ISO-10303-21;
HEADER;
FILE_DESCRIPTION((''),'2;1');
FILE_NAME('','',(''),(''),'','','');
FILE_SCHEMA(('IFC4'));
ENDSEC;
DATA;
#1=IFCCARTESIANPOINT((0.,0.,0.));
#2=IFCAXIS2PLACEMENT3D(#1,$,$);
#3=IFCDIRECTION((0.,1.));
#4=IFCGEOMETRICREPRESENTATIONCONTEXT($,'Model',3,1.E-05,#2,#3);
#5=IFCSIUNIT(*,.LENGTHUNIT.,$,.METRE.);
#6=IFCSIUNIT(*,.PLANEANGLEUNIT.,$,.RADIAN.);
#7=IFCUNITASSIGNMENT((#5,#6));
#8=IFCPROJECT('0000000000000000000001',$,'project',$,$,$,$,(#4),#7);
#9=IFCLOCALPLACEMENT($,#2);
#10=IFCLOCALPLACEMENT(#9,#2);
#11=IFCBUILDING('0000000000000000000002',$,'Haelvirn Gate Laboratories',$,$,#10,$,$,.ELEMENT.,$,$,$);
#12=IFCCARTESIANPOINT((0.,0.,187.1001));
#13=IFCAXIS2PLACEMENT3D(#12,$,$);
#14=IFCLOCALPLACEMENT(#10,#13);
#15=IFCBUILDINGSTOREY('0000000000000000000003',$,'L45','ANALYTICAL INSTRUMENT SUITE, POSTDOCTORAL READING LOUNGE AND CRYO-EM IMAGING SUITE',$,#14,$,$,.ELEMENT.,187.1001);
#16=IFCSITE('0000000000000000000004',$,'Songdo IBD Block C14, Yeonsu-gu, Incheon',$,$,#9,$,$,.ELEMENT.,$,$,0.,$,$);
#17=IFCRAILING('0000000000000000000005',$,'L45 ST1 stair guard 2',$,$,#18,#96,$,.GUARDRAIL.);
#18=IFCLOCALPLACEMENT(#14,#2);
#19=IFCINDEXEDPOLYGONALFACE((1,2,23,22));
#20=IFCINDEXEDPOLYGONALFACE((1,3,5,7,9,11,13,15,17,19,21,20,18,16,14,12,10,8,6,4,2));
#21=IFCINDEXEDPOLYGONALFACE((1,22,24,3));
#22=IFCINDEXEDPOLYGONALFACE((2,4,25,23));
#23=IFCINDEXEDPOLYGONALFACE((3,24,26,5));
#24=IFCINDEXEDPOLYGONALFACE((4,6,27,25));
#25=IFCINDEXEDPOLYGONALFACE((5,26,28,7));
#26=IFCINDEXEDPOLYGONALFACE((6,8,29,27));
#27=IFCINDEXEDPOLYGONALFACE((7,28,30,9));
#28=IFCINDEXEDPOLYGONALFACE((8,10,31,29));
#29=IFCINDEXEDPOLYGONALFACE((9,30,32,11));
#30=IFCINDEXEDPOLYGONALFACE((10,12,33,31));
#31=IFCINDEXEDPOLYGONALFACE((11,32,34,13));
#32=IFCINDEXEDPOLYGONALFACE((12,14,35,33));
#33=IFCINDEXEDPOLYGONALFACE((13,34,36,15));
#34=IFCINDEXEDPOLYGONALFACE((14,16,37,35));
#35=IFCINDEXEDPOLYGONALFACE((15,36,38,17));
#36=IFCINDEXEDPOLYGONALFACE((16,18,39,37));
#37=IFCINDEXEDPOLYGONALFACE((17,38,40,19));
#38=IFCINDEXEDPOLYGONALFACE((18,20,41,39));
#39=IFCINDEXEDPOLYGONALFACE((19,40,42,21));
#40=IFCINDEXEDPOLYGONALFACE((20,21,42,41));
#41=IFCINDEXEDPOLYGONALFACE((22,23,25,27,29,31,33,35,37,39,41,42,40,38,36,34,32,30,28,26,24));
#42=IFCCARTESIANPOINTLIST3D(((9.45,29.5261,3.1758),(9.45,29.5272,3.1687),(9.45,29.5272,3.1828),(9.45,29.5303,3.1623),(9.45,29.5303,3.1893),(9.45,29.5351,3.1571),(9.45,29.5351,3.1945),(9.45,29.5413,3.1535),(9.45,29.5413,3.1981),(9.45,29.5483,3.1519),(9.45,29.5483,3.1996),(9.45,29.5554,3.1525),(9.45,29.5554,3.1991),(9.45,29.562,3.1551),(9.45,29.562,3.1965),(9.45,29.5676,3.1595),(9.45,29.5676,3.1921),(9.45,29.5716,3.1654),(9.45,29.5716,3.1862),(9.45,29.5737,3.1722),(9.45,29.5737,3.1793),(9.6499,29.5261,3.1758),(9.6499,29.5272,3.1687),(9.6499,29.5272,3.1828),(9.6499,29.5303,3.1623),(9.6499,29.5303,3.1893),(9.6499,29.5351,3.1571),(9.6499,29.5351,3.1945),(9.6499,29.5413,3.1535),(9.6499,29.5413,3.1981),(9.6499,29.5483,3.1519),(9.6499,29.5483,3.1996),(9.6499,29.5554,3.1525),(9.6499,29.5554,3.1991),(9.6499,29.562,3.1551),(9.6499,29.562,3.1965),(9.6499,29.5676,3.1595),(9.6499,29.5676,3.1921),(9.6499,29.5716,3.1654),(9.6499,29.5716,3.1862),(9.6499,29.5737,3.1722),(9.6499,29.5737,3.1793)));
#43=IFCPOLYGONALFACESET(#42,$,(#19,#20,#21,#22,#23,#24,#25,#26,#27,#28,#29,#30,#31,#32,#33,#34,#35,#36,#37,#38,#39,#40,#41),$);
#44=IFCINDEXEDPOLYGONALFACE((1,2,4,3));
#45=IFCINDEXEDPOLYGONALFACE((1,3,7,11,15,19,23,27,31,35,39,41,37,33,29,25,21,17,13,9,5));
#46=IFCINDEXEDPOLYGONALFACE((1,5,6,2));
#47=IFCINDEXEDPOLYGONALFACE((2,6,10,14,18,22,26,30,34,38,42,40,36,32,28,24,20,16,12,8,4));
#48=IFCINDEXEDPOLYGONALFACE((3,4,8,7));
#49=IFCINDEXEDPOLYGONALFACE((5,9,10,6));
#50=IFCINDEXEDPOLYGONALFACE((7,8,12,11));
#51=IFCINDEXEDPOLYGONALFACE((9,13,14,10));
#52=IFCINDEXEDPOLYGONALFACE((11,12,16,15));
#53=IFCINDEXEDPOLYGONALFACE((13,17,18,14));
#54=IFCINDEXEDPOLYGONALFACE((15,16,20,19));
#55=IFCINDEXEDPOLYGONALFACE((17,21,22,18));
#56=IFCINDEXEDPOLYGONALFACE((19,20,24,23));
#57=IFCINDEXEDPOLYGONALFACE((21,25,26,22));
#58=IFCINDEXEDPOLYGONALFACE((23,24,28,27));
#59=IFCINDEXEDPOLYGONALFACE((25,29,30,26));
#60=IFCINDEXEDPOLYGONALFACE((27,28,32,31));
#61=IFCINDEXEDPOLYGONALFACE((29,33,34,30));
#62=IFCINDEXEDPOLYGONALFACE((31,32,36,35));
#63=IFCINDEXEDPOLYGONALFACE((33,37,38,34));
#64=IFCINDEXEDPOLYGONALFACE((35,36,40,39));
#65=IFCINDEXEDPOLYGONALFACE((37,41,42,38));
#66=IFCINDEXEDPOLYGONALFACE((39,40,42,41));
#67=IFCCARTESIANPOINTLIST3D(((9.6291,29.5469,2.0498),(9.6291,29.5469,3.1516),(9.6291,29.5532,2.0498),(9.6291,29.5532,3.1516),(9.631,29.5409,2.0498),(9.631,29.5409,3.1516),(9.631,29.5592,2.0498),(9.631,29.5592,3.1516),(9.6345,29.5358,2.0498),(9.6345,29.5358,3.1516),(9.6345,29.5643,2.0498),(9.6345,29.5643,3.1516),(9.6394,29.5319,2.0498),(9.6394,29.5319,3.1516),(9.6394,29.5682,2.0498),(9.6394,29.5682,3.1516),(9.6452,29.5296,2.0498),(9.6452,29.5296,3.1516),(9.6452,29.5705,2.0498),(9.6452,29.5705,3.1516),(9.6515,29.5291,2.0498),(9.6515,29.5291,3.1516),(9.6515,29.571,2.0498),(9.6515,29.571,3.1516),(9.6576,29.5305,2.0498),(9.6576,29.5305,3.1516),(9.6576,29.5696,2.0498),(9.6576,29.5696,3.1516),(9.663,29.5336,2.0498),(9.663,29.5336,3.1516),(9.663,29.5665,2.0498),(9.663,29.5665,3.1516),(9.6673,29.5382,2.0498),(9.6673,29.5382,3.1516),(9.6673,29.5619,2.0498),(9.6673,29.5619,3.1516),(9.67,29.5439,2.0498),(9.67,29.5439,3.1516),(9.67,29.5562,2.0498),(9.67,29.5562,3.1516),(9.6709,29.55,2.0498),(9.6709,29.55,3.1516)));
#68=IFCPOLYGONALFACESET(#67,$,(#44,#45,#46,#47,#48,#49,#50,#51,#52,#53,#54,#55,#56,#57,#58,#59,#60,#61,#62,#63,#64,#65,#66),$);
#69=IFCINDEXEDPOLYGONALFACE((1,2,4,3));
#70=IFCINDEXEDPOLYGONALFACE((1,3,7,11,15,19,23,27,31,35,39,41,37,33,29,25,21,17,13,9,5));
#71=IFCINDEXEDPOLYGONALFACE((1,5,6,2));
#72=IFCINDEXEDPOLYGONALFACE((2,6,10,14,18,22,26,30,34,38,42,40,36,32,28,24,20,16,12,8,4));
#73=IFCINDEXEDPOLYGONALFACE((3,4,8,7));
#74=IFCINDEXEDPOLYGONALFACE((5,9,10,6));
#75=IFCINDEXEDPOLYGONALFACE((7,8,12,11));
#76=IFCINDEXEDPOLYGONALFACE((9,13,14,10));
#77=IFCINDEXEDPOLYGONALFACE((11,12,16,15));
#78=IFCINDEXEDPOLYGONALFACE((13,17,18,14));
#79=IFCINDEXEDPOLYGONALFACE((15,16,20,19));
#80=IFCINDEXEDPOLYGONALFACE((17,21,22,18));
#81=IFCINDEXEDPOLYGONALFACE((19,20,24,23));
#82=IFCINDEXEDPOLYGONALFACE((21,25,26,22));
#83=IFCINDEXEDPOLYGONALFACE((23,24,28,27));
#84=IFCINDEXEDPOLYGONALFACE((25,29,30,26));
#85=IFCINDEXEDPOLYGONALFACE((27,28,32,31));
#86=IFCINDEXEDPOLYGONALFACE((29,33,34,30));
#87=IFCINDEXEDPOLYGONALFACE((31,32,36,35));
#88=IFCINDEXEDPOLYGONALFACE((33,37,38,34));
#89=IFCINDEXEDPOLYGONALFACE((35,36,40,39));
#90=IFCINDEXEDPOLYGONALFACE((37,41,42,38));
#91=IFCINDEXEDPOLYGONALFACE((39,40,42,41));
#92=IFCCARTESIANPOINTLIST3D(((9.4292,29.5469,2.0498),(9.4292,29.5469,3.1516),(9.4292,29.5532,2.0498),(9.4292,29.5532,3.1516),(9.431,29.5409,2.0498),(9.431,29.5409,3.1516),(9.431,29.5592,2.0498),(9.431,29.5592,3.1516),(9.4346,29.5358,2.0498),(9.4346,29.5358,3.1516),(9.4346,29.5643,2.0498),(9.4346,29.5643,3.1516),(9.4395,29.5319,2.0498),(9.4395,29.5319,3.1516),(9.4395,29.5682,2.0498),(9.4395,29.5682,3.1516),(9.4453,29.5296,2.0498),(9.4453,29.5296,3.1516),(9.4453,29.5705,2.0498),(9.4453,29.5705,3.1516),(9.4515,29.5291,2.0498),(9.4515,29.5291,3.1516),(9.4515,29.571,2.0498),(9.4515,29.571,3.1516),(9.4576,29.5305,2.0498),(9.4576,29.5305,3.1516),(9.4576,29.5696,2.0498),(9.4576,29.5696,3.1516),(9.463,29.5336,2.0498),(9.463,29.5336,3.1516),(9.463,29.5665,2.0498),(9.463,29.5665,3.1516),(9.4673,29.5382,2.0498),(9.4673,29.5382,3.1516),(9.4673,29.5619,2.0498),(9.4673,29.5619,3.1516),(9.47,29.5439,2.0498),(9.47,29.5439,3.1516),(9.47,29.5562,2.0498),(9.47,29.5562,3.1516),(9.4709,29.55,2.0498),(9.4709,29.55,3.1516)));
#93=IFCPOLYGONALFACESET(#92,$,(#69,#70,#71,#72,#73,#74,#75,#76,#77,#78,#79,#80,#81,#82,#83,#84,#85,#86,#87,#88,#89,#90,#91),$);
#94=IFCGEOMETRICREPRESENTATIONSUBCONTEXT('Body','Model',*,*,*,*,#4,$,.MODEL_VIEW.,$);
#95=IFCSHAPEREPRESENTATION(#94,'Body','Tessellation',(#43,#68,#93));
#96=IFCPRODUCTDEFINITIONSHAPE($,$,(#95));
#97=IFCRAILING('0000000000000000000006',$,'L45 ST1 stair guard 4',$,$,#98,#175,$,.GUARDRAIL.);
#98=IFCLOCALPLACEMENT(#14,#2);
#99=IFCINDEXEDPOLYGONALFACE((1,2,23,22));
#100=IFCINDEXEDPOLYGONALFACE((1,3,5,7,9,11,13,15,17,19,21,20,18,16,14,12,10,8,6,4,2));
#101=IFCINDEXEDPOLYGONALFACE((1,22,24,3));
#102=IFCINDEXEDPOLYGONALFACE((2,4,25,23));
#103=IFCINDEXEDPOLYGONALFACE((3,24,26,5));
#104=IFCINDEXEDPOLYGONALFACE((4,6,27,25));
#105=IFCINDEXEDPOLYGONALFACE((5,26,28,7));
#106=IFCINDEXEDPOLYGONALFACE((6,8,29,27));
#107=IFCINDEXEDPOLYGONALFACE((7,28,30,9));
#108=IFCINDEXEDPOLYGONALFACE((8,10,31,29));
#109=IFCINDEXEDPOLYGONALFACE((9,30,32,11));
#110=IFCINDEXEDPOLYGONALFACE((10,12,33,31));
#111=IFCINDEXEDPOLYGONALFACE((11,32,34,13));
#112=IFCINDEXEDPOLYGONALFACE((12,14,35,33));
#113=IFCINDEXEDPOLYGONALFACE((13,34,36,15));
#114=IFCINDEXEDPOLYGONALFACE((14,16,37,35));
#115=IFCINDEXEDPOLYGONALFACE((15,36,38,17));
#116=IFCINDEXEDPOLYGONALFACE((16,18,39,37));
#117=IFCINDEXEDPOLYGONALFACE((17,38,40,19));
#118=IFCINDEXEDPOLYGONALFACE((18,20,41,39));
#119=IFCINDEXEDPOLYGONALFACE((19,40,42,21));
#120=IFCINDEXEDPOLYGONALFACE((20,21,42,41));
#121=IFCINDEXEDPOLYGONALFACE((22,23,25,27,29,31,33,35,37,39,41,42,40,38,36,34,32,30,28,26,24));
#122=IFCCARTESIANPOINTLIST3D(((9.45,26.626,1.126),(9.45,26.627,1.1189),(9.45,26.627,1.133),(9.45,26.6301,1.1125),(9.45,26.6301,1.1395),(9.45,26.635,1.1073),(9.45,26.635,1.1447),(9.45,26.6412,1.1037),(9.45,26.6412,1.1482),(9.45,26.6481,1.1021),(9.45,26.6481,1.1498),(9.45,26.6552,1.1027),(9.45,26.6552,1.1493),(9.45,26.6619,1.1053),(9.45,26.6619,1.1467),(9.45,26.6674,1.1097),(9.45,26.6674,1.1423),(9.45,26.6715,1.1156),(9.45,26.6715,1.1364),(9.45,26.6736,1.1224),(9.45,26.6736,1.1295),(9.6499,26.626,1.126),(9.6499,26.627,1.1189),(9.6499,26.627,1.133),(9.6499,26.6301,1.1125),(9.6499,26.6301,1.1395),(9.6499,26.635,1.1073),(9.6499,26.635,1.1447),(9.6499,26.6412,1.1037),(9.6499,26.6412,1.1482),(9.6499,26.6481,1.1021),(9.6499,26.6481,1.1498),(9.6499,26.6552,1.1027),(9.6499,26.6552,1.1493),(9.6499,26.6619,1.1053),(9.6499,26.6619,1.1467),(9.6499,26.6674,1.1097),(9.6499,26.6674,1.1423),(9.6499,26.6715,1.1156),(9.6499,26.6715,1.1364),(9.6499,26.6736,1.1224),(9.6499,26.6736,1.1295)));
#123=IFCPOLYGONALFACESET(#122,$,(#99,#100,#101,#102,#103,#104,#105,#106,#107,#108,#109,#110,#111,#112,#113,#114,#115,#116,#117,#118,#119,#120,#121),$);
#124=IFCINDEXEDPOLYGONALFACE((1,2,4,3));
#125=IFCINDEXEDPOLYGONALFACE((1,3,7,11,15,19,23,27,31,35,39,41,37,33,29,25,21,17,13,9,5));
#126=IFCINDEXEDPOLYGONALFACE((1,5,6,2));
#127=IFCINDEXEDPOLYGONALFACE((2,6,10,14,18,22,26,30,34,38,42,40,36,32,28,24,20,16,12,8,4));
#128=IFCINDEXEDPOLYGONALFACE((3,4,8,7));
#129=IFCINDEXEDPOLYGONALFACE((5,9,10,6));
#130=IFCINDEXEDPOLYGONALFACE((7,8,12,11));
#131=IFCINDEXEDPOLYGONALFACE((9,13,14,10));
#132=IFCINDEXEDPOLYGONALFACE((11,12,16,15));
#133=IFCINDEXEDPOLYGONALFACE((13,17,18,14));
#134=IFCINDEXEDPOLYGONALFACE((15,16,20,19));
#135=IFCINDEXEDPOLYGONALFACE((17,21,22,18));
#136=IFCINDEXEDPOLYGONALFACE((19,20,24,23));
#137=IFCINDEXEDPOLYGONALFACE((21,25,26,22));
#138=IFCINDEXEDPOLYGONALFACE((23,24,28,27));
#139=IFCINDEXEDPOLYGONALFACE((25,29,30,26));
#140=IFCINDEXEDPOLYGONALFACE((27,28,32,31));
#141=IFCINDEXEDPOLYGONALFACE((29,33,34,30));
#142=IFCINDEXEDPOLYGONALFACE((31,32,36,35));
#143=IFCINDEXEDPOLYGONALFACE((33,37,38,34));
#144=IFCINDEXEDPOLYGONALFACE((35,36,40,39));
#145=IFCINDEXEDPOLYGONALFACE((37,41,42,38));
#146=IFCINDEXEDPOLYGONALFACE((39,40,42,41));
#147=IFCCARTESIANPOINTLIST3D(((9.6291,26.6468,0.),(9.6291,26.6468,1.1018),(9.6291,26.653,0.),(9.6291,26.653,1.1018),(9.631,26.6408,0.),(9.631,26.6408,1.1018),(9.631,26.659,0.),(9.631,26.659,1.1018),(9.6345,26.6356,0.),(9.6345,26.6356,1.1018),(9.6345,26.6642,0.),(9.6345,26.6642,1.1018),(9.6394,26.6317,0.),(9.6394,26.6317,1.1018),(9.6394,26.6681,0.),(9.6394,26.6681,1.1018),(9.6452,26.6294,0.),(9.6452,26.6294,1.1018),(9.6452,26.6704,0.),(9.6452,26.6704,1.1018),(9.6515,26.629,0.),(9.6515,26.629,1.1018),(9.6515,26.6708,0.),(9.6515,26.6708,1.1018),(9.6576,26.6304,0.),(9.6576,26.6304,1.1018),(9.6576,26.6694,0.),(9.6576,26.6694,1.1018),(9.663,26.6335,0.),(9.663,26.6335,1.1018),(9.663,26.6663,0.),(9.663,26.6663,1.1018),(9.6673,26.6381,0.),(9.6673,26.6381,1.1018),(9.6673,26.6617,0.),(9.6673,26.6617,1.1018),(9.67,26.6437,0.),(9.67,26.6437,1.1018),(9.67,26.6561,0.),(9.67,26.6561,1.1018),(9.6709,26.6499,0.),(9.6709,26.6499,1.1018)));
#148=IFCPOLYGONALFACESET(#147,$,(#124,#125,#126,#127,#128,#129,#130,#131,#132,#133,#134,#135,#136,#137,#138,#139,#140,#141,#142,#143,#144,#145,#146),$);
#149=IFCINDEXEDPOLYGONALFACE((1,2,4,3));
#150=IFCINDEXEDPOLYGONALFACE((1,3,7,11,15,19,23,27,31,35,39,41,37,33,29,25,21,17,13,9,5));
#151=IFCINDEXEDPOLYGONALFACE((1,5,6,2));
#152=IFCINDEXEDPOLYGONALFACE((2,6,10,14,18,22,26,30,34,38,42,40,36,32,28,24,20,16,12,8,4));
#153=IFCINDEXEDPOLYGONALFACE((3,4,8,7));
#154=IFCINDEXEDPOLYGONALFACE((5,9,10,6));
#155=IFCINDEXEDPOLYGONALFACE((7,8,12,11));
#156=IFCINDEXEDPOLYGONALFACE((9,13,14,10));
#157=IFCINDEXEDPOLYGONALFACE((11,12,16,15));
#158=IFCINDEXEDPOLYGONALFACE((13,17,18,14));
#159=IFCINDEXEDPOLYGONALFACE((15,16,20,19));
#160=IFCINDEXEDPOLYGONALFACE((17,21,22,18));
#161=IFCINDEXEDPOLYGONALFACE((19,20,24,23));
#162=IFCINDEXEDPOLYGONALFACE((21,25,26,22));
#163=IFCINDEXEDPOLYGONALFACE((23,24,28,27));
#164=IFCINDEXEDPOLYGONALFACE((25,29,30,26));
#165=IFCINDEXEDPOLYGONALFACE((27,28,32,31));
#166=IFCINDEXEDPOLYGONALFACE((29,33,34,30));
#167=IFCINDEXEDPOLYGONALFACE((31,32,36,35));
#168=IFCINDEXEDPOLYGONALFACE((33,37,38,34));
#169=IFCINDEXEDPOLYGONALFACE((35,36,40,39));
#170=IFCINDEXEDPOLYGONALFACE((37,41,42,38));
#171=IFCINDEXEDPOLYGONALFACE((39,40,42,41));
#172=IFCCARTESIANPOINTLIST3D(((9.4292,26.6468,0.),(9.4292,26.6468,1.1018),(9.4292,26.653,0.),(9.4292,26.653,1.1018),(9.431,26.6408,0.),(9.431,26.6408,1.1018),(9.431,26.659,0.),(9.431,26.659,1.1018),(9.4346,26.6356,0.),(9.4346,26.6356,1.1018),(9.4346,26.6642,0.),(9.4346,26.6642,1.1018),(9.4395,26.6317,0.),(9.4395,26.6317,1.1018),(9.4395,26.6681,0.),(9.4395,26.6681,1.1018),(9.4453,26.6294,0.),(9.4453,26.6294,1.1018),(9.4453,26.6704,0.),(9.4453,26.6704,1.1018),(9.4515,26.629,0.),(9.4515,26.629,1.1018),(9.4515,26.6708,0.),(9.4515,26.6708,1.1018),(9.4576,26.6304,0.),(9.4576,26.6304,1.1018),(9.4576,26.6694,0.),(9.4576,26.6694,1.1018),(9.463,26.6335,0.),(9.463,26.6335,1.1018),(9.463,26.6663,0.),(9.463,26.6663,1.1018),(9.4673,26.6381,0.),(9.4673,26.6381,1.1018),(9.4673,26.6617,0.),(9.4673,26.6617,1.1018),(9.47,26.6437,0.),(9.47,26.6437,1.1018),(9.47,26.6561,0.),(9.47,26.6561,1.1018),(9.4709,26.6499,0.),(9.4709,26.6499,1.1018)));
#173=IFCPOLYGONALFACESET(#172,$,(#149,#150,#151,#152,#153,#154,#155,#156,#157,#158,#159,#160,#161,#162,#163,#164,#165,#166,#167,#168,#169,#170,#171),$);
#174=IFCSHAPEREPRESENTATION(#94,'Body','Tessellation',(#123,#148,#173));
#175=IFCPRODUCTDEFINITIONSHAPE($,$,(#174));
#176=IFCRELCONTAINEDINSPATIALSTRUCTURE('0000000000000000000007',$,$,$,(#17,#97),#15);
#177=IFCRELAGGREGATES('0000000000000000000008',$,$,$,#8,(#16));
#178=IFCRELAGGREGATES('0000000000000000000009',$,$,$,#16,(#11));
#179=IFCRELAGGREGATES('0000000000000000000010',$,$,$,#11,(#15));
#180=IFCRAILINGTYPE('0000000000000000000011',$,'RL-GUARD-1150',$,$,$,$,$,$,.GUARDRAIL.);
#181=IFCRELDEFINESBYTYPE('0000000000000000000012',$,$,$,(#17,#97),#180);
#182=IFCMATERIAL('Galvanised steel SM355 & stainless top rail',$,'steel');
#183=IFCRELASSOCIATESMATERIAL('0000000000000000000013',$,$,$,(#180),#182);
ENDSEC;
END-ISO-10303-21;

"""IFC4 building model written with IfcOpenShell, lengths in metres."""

from ifc_helpers import new_model, si_unit, direction, frame, origin, origin_2d, place, context, subcontext, project, spatial, circle, extrude, source, transform, mapped, material, type_object, element, save


model = new_model("IFC4")

# Units and contexts
model_context = context("Model", 3, precision=1e-05, world=origin(), true_north=direction((0.0, 1.0)))
body_context = subcontext(model_context, "Body", "Model", "MODEL_VIEW")
ifc_project = project(units=[si_unit("LENGTHUNIT", "METRE"), si_unit("PLANEANGLEUNIT", "RADIAN")], contexts=[model_context])

# Site, building, storey
site_placement = place(None, origin())
site = spatial("IfcSite", under=ifc_project, at=site_placement, Name="Songdo IBD Block C14, Yeonsu-gu, Incheon", CompositionType="ELEMENT", RefElevation=0.0)
building_placement = place(site_placement, origin())
building = spatial("IfcBuilding", under=site, at=building_placement, Name="Haelvirn Gate Laboratories", CompositionType="ELEMENT")
storey_placement = place(building_placement, frame((0.0, 0.0, 187.1001)))
storey = spatial("IfcBuildingStorey", under=building, at=storey_placement, Name="L45", Description="ANALYTICAL INSTRUMENT SUITE, POSTDOCTORAL READING LOUNGE AND CRYO-EM IMAGING SUITE", CompositionType="ELEMENT", Elevation=187.1001)

# Railings
ifc_material_1 = material(Name="Galvanised steel SM355 & stainless top rail", Category="steel")
railing_type_1 = type_object("IfcRailingType", Name="RL-GUARD-1150", PredefinedType="GUARDRAIL", material=ifc_material_1)
shared_shape_1 = source(origin(), body_context, "Body", "SweptSolid", [
    extrude(circle(Radius=0.0239, at=origin_2d()), frame((0.0, 0.0, 1.126), z_axis=(-1.0, 0.0, 0.0), x_axis=(0.0, -1.0, 0.0)), (0.0, 0.0, 1.0), 0.2),
    extrude(circle(Radius=0.021, at=origin_2d()), origin(), (0.0, 0.0, 1.0), 1.1018),
    extrude(circle(Radius=0.021, at=origin_2d()), frame((-0.2, 0.0, 0.0)), (0.0, 0.0, 1.0), 1.1018),
])
for number, where, name in (
    (1, (9.6499, 29.55, 2.0498), "L45 ST1 stair guard 2"),
    (2, (9.6499, 26.6499, 0.0), "L45 ST1 stair guard 4"),
):
    element("IfcRailing", number, at=place(storey_placement, frame(where)), inside=storey, type_object=railing_type_1, Name=name, PredefinedType="GUARDRAIL", context=body_context, shape_type="MappedRepresentation", body=[
        mapped(shared_shape_1, transform((0.0, 0.0, 0.0), scale=1.0)),
    ])

save(model, "model.ifc")
